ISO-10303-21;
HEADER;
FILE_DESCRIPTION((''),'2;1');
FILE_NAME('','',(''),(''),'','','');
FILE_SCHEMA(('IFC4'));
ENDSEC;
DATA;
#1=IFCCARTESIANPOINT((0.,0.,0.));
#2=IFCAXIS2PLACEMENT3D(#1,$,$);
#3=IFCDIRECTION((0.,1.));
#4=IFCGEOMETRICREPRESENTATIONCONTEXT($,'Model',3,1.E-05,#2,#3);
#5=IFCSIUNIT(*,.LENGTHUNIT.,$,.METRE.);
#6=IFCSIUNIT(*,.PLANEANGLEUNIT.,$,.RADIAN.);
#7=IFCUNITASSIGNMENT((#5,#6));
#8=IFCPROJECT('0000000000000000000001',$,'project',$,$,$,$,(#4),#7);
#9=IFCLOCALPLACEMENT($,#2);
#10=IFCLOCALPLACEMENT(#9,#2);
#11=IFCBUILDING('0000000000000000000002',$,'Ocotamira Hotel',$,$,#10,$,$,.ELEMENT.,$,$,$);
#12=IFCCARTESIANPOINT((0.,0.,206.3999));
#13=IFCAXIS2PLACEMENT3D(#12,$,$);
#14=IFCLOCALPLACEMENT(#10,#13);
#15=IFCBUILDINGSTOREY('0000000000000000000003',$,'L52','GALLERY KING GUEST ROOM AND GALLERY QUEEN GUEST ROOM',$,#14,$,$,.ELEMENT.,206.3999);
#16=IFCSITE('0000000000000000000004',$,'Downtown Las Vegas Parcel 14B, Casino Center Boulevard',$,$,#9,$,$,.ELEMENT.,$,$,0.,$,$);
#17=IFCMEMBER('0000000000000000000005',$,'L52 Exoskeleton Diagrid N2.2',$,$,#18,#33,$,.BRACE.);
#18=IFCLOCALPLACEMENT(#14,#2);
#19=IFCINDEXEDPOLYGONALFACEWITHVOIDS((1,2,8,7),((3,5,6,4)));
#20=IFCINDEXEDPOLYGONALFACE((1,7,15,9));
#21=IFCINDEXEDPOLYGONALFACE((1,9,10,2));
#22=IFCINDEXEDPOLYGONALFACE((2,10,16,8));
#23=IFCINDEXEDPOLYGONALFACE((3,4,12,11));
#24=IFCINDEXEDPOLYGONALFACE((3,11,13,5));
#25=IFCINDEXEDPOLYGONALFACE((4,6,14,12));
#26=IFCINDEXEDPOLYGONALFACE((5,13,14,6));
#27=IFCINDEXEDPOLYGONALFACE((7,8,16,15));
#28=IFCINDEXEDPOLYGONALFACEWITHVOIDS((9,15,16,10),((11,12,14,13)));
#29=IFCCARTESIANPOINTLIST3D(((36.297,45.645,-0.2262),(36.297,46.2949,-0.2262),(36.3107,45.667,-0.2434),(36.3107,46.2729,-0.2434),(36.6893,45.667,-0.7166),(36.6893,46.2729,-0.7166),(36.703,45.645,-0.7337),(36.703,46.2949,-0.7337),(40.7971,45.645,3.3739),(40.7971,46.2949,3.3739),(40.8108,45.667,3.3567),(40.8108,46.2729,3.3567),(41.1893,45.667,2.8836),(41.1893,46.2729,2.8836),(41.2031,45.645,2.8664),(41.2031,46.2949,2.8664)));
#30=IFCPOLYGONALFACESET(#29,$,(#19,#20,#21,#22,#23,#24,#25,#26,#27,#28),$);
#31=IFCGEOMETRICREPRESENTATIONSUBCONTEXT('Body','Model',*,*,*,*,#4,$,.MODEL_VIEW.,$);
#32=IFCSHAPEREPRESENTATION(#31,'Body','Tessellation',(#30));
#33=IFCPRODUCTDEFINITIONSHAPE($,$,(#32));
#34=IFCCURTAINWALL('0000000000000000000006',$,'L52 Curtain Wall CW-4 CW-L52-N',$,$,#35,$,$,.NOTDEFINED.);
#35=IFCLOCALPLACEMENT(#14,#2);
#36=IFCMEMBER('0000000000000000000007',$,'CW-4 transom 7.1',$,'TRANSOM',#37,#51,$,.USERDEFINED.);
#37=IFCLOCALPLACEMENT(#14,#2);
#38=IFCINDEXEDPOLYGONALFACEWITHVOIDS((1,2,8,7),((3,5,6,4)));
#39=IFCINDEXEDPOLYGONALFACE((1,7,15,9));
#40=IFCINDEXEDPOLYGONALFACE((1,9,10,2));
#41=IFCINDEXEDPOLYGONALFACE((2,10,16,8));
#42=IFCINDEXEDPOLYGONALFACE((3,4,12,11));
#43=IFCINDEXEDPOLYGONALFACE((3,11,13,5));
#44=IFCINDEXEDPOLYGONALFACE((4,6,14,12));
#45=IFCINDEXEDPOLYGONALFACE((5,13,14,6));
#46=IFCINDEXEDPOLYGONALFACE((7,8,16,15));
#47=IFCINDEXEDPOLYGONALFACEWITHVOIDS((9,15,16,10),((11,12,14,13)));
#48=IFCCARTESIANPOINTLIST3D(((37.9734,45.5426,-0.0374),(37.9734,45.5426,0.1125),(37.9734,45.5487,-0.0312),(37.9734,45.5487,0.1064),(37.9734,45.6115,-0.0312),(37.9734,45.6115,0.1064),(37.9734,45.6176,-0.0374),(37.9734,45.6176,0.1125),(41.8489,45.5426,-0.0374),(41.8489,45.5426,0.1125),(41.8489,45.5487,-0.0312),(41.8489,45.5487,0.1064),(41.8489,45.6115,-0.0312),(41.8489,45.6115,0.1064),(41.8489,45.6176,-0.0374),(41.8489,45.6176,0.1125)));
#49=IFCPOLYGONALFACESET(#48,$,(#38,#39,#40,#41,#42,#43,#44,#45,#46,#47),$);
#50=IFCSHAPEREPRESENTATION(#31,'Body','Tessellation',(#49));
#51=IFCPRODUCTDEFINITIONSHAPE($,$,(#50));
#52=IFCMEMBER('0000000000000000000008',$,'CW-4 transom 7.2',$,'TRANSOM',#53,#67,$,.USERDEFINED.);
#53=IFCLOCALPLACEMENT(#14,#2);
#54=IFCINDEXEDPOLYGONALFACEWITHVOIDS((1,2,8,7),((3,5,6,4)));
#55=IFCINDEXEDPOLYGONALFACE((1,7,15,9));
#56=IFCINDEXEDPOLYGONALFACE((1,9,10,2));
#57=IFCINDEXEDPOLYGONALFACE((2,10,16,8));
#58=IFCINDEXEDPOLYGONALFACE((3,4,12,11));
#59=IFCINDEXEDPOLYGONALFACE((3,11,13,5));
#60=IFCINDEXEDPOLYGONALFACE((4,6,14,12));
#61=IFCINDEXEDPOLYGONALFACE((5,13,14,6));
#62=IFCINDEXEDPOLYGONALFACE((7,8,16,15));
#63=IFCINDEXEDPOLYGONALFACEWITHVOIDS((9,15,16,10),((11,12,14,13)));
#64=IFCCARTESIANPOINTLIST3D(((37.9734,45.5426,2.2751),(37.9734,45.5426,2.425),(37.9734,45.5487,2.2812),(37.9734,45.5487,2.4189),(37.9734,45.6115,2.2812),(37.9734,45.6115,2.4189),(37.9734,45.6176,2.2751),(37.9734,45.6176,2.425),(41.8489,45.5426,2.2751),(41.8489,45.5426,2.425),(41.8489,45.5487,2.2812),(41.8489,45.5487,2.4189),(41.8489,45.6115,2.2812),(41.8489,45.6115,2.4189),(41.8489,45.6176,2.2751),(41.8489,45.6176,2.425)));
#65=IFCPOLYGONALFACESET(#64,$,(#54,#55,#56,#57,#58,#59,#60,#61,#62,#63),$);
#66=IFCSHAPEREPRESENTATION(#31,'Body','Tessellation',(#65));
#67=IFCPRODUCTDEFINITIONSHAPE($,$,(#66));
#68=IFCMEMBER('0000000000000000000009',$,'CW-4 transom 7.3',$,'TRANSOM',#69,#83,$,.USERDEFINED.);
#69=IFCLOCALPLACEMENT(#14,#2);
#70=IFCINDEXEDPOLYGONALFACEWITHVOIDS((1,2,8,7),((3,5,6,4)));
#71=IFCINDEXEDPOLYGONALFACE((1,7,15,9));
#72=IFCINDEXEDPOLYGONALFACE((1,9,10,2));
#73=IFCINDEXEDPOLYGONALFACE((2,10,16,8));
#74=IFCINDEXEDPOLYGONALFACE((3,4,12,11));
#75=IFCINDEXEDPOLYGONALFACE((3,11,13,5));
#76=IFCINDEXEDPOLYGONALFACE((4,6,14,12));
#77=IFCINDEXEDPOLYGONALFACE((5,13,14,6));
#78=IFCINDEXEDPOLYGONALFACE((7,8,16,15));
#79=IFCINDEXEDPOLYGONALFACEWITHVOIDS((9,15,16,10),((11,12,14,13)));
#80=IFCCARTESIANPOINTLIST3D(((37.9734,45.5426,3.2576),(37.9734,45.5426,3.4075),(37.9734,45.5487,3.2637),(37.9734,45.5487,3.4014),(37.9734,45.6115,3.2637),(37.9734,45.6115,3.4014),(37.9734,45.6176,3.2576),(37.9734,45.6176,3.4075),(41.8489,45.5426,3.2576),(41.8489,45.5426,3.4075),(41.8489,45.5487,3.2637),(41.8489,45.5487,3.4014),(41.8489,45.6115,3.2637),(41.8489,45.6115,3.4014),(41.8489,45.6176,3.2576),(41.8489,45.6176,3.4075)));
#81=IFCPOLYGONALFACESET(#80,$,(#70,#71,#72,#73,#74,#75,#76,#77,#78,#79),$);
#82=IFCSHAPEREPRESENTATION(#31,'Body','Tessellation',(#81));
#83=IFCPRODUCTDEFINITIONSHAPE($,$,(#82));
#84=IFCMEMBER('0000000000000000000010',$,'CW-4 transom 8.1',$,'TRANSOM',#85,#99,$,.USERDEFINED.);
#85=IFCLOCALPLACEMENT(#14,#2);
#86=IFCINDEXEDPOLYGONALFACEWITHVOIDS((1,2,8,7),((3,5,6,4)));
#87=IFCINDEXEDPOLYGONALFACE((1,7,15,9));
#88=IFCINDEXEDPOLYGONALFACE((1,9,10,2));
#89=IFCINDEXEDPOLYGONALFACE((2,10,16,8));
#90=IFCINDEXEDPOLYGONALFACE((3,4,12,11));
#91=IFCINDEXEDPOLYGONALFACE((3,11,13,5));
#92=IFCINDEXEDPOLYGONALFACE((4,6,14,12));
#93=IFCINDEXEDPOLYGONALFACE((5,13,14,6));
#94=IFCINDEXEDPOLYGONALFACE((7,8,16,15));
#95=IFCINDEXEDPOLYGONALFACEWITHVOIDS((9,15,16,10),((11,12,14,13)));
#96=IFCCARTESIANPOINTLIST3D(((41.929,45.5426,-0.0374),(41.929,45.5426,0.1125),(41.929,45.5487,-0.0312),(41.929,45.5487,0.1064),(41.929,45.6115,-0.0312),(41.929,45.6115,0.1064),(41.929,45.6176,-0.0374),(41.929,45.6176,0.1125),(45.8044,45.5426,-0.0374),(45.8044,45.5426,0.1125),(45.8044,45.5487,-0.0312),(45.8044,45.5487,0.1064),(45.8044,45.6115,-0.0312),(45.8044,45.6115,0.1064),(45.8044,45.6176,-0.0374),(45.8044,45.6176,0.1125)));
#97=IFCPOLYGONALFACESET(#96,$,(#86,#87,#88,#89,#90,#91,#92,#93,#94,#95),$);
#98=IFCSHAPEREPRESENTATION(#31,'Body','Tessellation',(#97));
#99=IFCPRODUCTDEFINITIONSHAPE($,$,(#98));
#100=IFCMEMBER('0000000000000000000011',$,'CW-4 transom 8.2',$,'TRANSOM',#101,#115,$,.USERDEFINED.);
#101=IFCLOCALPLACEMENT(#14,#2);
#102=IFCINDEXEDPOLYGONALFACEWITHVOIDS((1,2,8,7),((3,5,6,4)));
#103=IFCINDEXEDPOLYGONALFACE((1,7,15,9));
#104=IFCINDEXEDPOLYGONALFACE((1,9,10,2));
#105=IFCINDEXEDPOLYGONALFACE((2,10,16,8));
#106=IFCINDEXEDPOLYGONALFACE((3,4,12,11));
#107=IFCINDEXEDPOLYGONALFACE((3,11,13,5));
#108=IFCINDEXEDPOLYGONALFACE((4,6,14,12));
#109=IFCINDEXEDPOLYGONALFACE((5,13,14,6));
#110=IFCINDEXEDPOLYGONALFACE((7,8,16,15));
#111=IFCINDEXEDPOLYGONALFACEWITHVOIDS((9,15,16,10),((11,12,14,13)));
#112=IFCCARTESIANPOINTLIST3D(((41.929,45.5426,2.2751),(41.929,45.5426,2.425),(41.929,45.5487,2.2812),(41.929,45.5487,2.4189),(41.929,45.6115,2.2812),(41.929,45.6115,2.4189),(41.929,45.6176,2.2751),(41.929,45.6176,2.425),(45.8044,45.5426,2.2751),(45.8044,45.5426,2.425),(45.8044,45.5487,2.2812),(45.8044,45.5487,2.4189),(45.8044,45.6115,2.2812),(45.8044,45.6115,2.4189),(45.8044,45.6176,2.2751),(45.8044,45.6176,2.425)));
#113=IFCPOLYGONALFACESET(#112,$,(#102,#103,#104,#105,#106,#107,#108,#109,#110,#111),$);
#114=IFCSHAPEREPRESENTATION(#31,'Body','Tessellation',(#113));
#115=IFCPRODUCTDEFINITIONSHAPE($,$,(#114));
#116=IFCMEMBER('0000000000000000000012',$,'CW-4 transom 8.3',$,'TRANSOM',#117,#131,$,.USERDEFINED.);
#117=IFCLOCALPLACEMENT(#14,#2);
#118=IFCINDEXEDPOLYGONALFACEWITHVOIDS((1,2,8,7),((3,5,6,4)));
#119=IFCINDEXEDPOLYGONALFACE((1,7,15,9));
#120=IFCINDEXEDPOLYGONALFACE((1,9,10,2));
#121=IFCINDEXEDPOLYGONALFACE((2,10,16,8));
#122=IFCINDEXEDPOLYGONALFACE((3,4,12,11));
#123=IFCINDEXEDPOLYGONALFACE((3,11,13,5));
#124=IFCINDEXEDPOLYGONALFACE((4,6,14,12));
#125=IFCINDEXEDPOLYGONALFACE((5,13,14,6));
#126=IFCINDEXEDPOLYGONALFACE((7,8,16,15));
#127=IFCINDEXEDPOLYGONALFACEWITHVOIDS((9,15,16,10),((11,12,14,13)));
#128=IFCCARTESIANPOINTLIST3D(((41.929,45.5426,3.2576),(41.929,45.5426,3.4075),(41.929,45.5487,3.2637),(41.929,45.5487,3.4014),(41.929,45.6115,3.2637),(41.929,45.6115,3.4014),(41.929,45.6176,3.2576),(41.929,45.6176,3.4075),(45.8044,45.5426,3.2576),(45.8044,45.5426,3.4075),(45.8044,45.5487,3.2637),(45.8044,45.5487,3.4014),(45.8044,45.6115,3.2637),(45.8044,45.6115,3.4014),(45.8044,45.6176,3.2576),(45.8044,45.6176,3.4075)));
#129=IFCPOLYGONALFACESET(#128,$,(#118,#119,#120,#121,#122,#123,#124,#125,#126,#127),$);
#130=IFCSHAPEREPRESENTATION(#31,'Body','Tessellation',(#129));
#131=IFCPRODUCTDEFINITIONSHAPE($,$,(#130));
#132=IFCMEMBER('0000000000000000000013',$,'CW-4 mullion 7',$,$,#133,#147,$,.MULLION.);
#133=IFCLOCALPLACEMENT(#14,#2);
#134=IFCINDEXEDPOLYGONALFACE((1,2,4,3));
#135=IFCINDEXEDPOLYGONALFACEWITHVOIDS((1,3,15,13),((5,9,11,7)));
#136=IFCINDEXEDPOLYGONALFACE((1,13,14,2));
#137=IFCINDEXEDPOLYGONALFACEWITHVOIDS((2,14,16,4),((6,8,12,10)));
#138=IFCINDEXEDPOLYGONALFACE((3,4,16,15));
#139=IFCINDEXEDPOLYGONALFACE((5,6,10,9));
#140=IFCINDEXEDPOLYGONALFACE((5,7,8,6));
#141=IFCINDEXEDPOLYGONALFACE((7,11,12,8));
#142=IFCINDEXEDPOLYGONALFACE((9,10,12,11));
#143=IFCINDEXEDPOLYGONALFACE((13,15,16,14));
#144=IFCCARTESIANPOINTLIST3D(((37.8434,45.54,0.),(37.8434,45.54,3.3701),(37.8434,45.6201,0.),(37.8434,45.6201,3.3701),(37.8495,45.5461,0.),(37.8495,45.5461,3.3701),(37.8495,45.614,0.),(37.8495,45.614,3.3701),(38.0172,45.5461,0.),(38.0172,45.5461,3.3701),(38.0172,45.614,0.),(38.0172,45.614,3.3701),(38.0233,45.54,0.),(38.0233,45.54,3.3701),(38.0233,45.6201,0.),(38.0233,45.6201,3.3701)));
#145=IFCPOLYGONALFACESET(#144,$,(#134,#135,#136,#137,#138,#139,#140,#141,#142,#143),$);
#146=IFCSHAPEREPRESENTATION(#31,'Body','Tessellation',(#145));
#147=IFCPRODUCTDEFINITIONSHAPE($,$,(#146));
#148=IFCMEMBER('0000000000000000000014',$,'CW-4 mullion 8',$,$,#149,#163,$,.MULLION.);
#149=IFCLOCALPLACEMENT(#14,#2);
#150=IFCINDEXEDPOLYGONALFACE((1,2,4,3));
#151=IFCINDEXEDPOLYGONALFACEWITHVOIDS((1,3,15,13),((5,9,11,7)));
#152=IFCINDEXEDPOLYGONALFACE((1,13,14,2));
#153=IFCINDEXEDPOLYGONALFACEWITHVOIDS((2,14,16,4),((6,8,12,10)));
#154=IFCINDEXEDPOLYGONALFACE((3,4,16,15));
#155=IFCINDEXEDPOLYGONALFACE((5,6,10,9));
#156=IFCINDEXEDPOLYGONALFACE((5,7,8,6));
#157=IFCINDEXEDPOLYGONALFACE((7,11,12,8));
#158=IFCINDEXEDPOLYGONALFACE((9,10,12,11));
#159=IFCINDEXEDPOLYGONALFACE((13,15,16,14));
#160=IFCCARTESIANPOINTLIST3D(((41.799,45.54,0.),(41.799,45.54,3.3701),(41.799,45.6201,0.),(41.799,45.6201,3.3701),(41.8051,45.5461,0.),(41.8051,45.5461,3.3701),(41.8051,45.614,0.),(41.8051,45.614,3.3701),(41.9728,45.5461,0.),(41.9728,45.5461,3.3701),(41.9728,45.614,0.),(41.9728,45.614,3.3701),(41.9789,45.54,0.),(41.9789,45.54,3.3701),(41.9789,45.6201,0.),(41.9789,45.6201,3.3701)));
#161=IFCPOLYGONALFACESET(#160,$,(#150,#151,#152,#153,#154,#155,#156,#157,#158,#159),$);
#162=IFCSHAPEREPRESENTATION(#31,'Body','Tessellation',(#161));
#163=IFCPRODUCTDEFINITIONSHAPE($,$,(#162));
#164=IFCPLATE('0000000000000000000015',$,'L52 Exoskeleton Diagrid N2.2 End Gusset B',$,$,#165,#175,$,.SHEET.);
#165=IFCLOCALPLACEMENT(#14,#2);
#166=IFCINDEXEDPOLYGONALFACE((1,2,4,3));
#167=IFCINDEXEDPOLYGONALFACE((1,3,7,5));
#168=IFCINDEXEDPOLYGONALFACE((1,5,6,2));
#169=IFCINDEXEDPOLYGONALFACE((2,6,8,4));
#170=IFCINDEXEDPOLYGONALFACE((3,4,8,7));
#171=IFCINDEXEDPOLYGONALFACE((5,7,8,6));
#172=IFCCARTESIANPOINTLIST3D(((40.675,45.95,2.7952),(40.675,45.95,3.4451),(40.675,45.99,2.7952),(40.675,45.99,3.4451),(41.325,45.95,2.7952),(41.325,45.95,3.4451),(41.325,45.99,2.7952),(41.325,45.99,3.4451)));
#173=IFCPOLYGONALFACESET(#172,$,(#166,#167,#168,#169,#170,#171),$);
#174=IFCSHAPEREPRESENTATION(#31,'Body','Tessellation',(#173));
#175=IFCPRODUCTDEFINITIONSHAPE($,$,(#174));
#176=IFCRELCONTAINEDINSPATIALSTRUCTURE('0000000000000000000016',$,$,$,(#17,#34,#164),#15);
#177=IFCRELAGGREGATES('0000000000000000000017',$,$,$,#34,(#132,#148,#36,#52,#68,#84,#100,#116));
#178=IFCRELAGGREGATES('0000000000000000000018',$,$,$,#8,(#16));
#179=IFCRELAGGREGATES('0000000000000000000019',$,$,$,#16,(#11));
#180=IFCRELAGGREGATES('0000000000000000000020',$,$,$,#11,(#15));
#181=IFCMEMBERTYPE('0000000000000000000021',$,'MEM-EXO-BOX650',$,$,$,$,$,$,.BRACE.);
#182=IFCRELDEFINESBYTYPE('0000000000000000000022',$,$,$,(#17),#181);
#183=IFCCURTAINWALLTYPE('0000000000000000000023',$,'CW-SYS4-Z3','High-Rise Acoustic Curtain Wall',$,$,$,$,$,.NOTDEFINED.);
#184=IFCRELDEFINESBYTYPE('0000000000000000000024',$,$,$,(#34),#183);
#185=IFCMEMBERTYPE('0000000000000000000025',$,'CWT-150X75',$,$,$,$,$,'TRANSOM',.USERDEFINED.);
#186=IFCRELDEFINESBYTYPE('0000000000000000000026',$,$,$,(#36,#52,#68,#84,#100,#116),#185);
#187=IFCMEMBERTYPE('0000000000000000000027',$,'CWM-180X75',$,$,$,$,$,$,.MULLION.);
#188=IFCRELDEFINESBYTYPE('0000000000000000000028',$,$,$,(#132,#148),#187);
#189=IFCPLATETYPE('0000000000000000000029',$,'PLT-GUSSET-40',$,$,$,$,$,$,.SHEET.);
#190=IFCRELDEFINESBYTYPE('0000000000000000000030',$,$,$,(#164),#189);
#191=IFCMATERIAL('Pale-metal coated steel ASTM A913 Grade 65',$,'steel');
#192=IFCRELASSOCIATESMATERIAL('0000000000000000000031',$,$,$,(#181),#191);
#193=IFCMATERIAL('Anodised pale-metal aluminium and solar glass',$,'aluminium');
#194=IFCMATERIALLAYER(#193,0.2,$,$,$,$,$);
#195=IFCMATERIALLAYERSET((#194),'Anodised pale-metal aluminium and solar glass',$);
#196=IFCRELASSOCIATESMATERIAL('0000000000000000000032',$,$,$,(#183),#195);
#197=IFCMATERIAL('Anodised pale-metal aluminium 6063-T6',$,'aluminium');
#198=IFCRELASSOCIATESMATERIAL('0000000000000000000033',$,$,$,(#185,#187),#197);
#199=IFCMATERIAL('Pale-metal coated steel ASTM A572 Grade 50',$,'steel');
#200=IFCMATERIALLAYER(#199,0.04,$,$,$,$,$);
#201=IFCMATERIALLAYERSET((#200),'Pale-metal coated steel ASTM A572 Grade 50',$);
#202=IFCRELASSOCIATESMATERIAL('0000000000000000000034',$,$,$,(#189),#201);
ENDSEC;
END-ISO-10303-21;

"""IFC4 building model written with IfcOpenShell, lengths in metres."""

from ifc_helpers import new_model, si_unit, direction, frame, origin, origin_2d, place, context, subcontext, project, spatial, rectangle, hollow_rectangle, extrude, source, transform, mapped, material, layer, layer_set, material_profile, profile_set, type_object, element, aggregate, save


model = new_model("IFC4")

# Units and contexts
model_context = context("Model", 3, precision=1e-05, world=origin(), true_north=direction((0.0, 1.0)))
body_context = subcontext(model_context, "Body", "Model", "MODEL_VIEW")
ifc_project = project(units=[si_unit("LENGTHUNIT", "METRE"), si_unit("PLANEANGLEUNIT", "RADIAN")], contexts=[model_context])

# Site, building, storey
site_placement = place(None, origin())
site = spatial("IfcSite", under=ifc_project, at=site_placement, Name="Downtown Las Vegas Parcel 14B, Casino Center Boulevard", CompositionType="ELEMENT", RefElevation=0.0)
building_placement = place(site_placement, origin())
building = spatial("IfcBuilding", under=site, at=building_placement, Name="Ocotamira Hotel", CompositionType="ELEMENT")
storey_placement = place(building_placement, frame((0.0, 0.0, 206.3999)))
storey = spatial("IfcBuildingStorey", under=building, at=storey_placement, Name="L52", Description="GALLERY KING GUEST ROOM AND GALLERY QUEEN GUEST ROOM", CompositionType="ELEMENT", Elevation=206.3999)

# Member
ifc_material_1 = material(Name="Pale-metal coated steel ASTM A913 Grade 65", Category="steel")
ifc_material_profile_1 = material_profile(ifc_material_1, hollow_rectangle(XDim=0.6499, YDim=0.6499, WallThickness=0.022, at=origin_2d()), Name="BOX650X650X22")
ifc_profile_set_1 = profile_set([ifc_material_profile_1], Name="Pale-metal coated steel ASTM A913 Grade 65")
member_type_1 = type_object("IfcMemberType", Name="MEM-EXO-BOX650", PredefinedType="BRACE", material=ifc_profile_set_1)
shared_shape_1 = source(origin(), body_context, "Body", "SweptSolid", [
    extrude(hollow_rectangle(XDim=0.6499, YDim=0.6499, WallThickness=0.022, at=origin_2d()), origin(), (0.0, 0.0, 1.0), 5.7629),
])
for number, where, z_axis, x_axis, name in (
    (1, (36.5, 45.97, -0.48), (0.780861, 0.0, 0.624705), (0.0, 1.0, 0.0), "L52 Exoskeleton Diagrid N2.2"),
):
    element("IfcMember", number, at=place(storey_placement, frame(where, z_axis=z_axis, x_axis=x_axis)), inside=storey, type_object=member_type_1, Name=name, PredefinedType="BRACE", context=body_context, shape_type="MappedRepresentation", body=[
        mapped(shared_shape_1, transform((0.0, 0.0, 0.0), scale=1.0)),
    ])

# Curtain wall, members
ifc_material_2 = material(Name="Anodised pale-metal aluminium and solar glass", Category="aluminium")
ifc_layer_1 = layer(ifc_material_2, 0.2)
ifc_layer_set_1 = layer_set([ifc_layer_1], Name="Anodised pale-metal aluminium and solar glass")
curtain_wall_type = type_object("IfcCurtainWallType", Name="CW-SYS4-Z3", Description="High-Rise Acoustic Curtain Wall", PredefinedType="NOTDEFINED", material=ifc_layer_set_1)
curtain_wall_placement = place(storey_placement, origin())
curtain_wall = element("IfcCurtainWall", 2, at=curtain_wall_placement, inside=storey, type_object=curtain_wall_type, Name="L52 Curtain Wall CW-4 CW-L52-N", PredefinedType="NOTDEFINED")
ifc_material_3 = material(Name="Anodised pale-metal aluminium 6063-T6", Category="aluminium")
ifc_material_profile_2 = material_profile(ifc_material_3, hollow_rectangle(XDim=0.075, YDim=0.1499, WallThickness=0.0061, at=origin_2d()), Name="HSS150X75X6")
ifc_profile_set_2 = profile_set([ifc_material_profile_2], Name="Anodised pale-metal aluminium 6063-T6")
member_type_2 = type_object("IfcMemberType", Name="CWT-150X75", ElementType="TRANSOM", PredefinedType="USERDEFINED", material=ifc_profile_set_2)
shared_shape_2 = source(origin(), body_context, "Body", "SweptSolid", [
    extrude(hollow_rectangle(XDim=0.075, YDim=0.1499, WallThickness=0.0061, at=origin_2d()), origin(), (0.0, 0.0, 1.0), 3.8755),
])
member_1_placement = place(storey_placement, frame((37.9734, 45.5801, 0.0376), z_axis=(1.0, 0.0, 0.0), x_axis=(0.0, 1.0, 0.0)))
member_1 = element("IfcMember", 3, at=member_1_placement, type_object=member_type_2, Name="CW-4 transom 7.1", ObjectType="TRANSOM", PredefinedType="USERDEFINED", context=body_context, shape_type="MappedRepresentation", body=[
    mapped(shared_shape_2, transform((0.0, 0.0, 0.0), scale=1.0)),
])
member_2_placement = place(storey_placement, frame((37.9734, 45.5801, 2.3501), z_axis=(1.0, 0.0, 0.0), x_axis=(0.0, 1.0, 0.0)))
member_2 = element("IfcMember", 4, at=member_2_placement, type_object=member_type_2, Name="CW-4 transom 7.2", ObjectType="TRANSOM", PredefinedType="USERDEFINED", context=body_context, shape_type="MappedRepresentation", body=[
    mapped(shared_shape_2, transform((0.0, 0.0, 0.0), scale=1.0)),
])
member_3_placement = place(storey_placement, frame((37.9734, 45.5801, 3.3325), z_axis=(1.0, 0.0, 0.0), x_axis=(0.0, 1.0, 0.0)))
member_3 = element("IfcMember", 5, at=member_3_placement, type_object=member_type_2, Name="CW-4 transom 7.3", ObjectType="TRANSOM", PredefinedType="USERDEFINED", context=body_context, shape_type="MappedRepresentation", body=[
    mapped(shared_shape_2, transform((0.0, 0.0, 0.0), scale=1.0)),
])
member_4_placement = place(storey_placement, frame((41.929, 45.5801, 0.0376), z_axis=(1.0, 0.0, 0.0), x_axis=(0.0, 1.0, 0.0)))
member_4 = element("IfcMember", 6, at=member_4_placement, type_object=member_type_2, Name="CW-4 transom 8.1", ObjectType="TRANSOM", PredefinedType="USERDEFINED", context=body_context, shape_type="MappedRepresentation", body=[
    mapped(shared_shape_2, transform((0.0, 0.0, 0.0), scale=1.0)),
])
member_5_placement = place(storey_placement, frame((41.929, 45.5801, 2.3501), z_axis=(1.0, 0.0, 0.0), x_axis=(0.0, 1.0, 0.0)))
member_5 = element("IfcMember", 7, at=member_5_placement, type_object=member_type_2, Name="CW-4 transom 8.2", ObjectType="TRANSOM", PredefinedType="USERDEFINED", context=body_context, shape_type="MappedRepresentation", body=[
    mapped(shared_shape_2, transform((0.0, 0.0, 0.0), scale=1.0)),
])
member_6_placement = place(storey_placement, frame((41.929, 45.5801, 3.3325), z_axis=(1.0, 0.0, 0.0), x_axis=(0.0, 1.0, 0.0)))
member_6 = element("IfcMember", 8, at=member_6_placement, type_object=member_type_2, Name="CW-4 transom 8.3", ObjectType="TRANSOM", PredefinedType="USERDEFINED", context=body_context, shape_type="MappedRepresentation", body=[
    mapped(shared_shape_2, transform((0.0, 0.0, 0.0), scale=1.0)),
])
ifc_material_profile_3 = material_profile(ifc_material_3, hollow_rectangle(XDim=0.0801, YDim=0.1799, WallThickness=0.0061, at=origin_2d()), Name="HSS180X80X6")
ifc_profile_set_3 = profile_set([ifc_material_profile_3], Name="Anodised pale-metal aluminium 6063-T6")
member_type_3 = type_object("IfcMemberType", Name="CWM-180X75", PredefinedType="MULLION", material=ifc_profile_set_3)
shared_shape_3 = source(origin(), body_context, "Body", "SweptSolid", [
    extrude(hollow_rectangle(XDim=0.0801, YDim=0.1799, WallThickness=0.0061, at=origin_2d()), origin(), (0.0, 0.0, 1.0), 3.3701),
])
member_7_placement = place(storey_placement, frame((37.9333, 45.5801, 0.0), z_axis=(0.0, 0.0, 1.0), x_axis=(0.0, 1.0, 0.0)))
member_7 = element("IfcMember", 9, at=member_7_placement, type_object=member_type_3, Name="CW-4 mullion 7", PredefinedType="MULLION", context=body_context, shape_type="MappedRepresentation", body=[
    mapped(shared_shape_3, transform((0.0, 0.0, 0.0), scale=1.0)),
])
member_8_placement = place(storey_placement, frame((41.8889, 45.5801, 0.0), z_axis=(0.0, 0.0, 1.0), x_axis=(0.0, 1.0, 0.0)))
member_8 = element("IfcMember", 10, at=member_8_placement, type_object=member_type_3, Name="CW-4 mullion 8", PredefinedType="MULLION", context=body_context, shape_type="MappedRepresentation", body=[
    mapped(shared_shape_3, transform((0.0, 0.0, 0.0), scale=1.0)),
])

# Plate
ifc_material_4 = material(Name="Pale-metal coated steel ASTM A572 Grade 50", Category="steel")
ifc_layer_2 = layer(ifc_material_4, 0.04)
ifc_layer_set_2 = layer_set([ifc_layer_2], Name="Pale-metal coated steel ASTM A572 Grade 50")
plate_type_1 = type_object("IfcPlateType", Name="PLT-GUSSET-40", PredefinedType="SHEET", material=ifc_layer_set_2)
shared_shape_4 = source(origin(), body_context, "Body", "SweptSolid", [
    extrude(rectangle(XDim=0.6499, YDim=0.04, at=origin_2d()), origin(), (0.0, 0.0, 1.0), 0.6499),
])
plate_1_placement = place(storey_placement, frame((41.0, 45.97, 2.7952), z_axis=(0.0, 0.0, 1.0), x_axis=(1.0, 0.0, 0.0)))
element("IfcPlate", 11, at=plate_1_placement, inside=storey, type_object=plate_type_1, Name="L52 Exoskeleton Diagrid N2.2 End Gusset B", PredefinedType="SHEET", context=body_context, shape_type="MappedRepresentation", body=[
    mapped(shared_shape_4, transform((0.0, 0.0, 0.0), scale=1.0)),
])
aggregate(curtain_wall, [member_7, member_8, member_1, member_2, member_3, member_4, member_5, member_6])

save(model, "model.ifc")
